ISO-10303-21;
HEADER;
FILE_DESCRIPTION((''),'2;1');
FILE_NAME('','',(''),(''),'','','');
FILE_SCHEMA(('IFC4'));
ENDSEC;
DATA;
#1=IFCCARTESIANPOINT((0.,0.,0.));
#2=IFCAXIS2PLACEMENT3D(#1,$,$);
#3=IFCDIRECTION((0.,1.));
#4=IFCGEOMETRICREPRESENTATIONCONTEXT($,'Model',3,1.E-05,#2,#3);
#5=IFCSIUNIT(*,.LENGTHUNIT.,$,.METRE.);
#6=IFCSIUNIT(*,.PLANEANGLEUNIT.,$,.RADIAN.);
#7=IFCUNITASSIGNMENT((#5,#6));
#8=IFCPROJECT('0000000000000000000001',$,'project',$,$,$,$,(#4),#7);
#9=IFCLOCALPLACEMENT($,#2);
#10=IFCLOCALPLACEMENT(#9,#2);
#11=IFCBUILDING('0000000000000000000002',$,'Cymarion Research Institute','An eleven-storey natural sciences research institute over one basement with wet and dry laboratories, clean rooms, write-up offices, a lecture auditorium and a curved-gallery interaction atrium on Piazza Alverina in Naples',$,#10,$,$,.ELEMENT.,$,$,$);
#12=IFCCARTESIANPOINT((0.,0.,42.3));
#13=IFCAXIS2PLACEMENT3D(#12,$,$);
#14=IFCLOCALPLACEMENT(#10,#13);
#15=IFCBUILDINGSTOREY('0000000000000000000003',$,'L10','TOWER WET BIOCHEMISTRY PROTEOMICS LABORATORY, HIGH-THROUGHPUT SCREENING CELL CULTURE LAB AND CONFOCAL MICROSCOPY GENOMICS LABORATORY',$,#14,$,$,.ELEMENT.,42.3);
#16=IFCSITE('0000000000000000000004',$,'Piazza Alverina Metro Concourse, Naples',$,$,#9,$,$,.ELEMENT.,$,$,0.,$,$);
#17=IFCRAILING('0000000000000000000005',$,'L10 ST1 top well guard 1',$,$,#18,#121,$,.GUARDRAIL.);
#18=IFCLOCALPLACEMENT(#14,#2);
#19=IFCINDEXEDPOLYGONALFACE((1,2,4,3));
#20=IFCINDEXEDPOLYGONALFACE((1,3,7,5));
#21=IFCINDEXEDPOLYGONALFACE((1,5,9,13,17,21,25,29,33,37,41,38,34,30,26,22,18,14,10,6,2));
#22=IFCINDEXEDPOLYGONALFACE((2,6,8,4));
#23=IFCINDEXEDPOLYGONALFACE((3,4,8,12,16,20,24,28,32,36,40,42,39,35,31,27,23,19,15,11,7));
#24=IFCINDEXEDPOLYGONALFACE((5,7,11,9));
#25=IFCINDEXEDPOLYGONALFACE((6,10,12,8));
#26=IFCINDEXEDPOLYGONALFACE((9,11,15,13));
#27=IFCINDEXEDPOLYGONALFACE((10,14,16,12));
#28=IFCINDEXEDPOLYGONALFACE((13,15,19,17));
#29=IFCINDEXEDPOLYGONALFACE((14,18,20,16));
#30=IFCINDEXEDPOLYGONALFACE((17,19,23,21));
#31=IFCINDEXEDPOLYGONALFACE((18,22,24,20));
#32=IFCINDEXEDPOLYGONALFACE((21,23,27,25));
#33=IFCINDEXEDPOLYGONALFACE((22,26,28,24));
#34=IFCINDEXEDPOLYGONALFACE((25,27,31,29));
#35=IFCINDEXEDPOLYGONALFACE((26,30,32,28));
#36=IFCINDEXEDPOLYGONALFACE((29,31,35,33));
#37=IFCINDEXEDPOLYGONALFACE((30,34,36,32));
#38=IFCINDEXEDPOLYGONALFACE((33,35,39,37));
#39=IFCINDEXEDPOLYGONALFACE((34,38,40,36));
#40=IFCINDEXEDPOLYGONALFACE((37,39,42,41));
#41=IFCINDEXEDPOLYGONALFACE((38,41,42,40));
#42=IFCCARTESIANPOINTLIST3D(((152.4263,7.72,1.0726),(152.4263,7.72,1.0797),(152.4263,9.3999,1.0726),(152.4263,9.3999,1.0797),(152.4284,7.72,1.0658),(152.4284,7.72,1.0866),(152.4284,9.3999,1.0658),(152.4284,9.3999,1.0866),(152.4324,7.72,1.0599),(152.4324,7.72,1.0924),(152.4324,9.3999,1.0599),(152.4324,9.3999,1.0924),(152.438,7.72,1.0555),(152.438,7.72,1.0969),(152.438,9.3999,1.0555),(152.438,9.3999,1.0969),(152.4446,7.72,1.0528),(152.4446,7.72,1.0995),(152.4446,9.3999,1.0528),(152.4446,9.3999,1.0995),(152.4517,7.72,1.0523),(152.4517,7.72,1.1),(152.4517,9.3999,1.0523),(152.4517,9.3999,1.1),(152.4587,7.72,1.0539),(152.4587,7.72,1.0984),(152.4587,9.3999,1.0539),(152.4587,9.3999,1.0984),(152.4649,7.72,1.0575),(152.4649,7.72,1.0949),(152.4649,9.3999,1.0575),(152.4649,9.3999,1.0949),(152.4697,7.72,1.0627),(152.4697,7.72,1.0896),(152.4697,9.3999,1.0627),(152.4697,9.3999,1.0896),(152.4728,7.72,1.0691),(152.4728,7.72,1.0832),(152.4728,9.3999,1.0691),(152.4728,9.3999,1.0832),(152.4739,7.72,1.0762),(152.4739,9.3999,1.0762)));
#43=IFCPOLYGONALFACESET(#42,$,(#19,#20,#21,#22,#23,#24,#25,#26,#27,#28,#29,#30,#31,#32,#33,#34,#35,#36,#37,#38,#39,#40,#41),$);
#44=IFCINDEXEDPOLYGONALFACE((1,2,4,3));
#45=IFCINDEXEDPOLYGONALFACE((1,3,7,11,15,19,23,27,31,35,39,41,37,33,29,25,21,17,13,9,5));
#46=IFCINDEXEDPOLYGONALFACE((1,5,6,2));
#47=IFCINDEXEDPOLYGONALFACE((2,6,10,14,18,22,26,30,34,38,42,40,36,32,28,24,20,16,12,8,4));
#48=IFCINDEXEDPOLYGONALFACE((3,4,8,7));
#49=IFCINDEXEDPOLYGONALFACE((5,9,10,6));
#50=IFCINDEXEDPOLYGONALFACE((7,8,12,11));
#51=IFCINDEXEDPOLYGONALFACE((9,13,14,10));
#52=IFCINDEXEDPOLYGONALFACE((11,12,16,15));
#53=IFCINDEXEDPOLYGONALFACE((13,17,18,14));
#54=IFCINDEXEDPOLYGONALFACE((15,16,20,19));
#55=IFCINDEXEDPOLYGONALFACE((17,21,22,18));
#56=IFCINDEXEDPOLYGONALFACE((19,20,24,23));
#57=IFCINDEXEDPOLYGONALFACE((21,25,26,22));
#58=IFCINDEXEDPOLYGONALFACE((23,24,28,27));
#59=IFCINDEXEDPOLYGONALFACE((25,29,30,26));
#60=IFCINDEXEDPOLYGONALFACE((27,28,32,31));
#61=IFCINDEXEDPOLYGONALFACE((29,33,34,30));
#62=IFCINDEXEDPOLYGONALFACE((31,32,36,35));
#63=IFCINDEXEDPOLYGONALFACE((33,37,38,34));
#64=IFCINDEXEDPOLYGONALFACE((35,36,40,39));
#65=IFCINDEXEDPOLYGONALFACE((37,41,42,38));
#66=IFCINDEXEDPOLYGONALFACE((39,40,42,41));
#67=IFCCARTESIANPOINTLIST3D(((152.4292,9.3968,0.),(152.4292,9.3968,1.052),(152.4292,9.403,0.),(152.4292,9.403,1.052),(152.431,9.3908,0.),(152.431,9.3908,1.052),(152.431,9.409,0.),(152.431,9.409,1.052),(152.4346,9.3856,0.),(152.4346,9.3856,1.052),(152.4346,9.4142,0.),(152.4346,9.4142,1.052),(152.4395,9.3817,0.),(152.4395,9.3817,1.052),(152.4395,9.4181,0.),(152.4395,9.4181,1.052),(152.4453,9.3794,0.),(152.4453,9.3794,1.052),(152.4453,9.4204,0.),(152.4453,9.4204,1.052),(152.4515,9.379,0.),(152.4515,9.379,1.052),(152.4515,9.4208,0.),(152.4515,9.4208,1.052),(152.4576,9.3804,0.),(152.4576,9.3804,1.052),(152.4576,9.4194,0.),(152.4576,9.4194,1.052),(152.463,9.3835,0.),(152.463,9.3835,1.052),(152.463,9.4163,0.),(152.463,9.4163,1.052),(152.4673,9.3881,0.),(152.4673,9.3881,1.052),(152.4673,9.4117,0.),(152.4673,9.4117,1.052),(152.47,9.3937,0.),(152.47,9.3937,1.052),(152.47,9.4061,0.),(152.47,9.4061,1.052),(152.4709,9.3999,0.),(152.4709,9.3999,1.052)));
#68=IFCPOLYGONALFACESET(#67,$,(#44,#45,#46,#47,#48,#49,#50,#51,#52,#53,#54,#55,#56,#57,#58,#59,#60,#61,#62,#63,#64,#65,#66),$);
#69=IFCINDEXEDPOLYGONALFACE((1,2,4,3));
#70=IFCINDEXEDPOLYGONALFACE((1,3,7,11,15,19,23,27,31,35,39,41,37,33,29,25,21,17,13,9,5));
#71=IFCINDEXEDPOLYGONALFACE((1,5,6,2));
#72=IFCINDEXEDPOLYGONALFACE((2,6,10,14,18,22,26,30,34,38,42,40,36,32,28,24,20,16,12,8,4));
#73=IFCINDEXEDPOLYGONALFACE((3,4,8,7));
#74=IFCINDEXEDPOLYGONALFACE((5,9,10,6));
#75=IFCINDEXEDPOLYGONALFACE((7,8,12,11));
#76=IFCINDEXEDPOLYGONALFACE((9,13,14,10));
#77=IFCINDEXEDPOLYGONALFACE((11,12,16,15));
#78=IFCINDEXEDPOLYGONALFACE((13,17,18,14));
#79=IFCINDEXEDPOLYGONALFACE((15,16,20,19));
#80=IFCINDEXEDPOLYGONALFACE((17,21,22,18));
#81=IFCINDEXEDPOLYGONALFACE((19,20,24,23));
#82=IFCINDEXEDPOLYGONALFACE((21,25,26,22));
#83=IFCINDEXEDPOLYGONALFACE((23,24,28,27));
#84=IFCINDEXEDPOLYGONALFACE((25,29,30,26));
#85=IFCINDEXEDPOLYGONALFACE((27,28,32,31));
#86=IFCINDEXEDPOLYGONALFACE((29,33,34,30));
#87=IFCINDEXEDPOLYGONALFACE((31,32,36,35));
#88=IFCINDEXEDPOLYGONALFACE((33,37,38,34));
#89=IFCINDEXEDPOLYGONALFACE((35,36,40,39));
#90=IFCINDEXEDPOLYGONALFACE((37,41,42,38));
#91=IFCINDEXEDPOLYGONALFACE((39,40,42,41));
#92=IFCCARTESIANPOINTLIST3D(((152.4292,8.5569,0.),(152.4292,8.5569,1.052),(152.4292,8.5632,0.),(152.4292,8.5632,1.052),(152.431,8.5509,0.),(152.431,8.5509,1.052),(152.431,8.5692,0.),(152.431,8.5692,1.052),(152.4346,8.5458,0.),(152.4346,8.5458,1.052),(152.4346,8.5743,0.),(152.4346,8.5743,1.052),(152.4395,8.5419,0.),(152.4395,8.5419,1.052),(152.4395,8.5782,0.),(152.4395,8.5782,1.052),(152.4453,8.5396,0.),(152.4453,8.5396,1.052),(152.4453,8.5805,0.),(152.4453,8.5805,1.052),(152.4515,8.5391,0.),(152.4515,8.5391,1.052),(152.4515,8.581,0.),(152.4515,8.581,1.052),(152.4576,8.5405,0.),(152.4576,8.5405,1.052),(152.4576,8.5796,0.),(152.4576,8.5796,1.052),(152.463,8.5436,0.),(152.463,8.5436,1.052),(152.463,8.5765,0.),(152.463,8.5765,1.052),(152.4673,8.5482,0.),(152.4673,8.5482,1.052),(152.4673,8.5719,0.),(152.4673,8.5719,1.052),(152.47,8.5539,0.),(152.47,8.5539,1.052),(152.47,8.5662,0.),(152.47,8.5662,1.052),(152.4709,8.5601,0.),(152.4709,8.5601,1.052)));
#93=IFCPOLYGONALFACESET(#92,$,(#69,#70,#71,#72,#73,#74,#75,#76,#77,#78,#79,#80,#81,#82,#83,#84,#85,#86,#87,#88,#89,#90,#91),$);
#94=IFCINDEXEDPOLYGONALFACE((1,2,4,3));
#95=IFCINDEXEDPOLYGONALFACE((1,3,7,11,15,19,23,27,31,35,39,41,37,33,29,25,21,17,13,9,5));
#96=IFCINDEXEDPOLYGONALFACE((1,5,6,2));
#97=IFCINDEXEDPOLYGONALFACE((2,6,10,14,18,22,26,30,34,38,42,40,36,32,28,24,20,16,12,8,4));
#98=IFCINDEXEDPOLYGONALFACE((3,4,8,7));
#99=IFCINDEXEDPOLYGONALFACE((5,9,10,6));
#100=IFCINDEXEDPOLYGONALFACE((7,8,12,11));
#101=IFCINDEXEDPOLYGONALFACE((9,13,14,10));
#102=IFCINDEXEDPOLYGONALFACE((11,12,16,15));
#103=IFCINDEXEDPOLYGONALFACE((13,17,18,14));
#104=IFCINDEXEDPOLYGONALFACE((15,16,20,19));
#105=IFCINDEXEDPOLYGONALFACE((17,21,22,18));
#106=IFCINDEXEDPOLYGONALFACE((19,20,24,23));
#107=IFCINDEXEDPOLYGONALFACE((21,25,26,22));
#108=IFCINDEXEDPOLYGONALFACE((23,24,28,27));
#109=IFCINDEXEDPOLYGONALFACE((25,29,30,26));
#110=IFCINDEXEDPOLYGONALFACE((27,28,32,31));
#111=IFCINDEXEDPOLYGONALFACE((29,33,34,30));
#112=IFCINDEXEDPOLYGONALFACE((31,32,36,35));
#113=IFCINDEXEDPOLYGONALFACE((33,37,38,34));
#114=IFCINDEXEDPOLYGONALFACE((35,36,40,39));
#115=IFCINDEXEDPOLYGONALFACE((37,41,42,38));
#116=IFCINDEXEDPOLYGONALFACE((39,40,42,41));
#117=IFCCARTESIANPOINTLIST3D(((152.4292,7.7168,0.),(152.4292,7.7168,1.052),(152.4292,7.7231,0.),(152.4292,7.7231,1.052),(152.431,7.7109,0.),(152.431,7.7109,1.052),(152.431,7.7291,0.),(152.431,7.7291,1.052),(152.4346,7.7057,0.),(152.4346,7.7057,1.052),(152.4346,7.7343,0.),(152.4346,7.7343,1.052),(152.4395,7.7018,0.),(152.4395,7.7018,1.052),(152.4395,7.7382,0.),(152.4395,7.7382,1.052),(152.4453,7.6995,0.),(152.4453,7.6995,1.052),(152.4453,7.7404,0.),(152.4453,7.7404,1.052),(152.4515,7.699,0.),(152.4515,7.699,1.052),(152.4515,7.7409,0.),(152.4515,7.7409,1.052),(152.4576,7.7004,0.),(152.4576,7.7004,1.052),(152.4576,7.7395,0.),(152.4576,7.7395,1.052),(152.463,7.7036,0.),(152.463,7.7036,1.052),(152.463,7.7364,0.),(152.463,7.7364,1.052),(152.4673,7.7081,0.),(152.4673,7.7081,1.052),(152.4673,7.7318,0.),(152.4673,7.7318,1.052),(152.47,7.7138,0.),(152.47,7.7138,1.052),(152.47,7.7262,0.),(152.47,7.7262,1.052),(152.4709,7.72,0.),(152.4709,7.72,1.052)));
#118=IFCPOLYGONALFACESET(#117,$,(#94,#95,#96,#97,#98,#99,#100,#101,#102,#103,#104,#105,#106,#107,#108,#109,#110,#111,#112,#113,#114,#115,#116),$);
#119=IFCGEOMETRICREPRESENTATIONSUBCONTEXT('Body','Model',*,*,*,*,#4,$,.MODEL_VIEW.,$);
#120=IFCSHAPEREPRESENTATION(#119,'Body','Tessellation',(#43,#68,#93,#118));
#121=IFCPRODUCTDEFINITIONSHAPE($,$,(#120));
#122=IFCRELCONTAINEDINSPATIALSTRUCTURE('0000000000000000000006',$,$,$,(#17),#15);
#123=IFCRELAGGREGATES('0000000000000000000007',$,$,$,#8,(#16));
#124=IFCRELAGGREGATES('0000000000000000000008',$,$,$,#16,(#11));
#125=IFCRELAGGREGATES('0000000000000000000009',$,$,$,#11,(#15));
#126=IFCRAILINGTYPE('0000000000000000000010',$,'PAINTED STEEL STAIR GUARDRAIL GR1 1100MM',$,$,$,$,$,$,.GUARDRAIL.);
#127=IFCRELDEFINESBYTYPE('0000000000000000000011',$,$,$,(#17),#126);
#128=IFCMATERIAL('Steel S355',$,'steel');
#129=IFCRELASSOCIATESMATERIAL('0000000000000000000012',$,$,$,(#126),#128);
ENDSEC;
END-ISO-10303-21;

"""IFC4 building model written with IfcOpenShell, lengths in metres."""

from ifc_helpers import new_model, si_unit, direction, frame, origin, origin_2d, place, context, subcontext, project, spatial, circle, extrude, material, type_object, element, save


model = new_model("IFC4")

# Units and contexts
model_context = context("Model", 3, precision=1e-05, world=origin(), true_north=direction((0.0, 1.0)))
body_context = subcontext(model_context, "Body", "Model", "MODEL_VIEW")
ifc_project = project(units=[si_unit("LENGTHUNIT", "METRE"), si_unit("PLANEANGLEUNIT", "RADIAN")], contexts=[model_context])

# Site, building, storey
site_placement = place(None, origin())
site = spatial("IfcSite", under=ifc_project, at=site_placement, Name="Piazza Alverina Metro Concourse, Naples", CompositionType="ELEMENT", RefElevation=0.0)
building_placement = place(site_placement, origin())
building = spatial("IfcBuilding", under=site, at=building_placement, Name="Cymarion Research Institute", Description="An eleven-storey natural sciences research institute over one basement with wet and dry laboratories, clean rooms, write-up offices, a lecture auditorium and a curved-gallery interaction atrium on Piazza Alverina in Naples", CompositionType="ELEMENT")
storey_placement = place(building_placement, frame((0.0, 0.0, 42.3)))
storey = spatial("IfcBuildingStorey", under=building, at=storey_placement, Name="L10", Description="TOWER WET BIOCHEMISTRY PROTEOMICS LABORATORY, HIGH-THROUGHPUT SCREENING CELL CULTURE LAB AND CONFOCAL MICROSCOPY GENOMICS LABORATORY", CompositionType="ELEMENT", Elevation=42.3)

# Shared definitions
ifc_material_1 = material(Name="Steel S355", Category="steel")

# Railing
railing_type = type_object("IfcRailingType", Name="PAINTED STEEL STAIR GUARDRAIL GR1 1100MM", PredefinedType="GUARDRAIL", material=ifc_material_1)
railing_placement = place(storey_placement, frame((152.45, 9.3999, 0.0)))
element("IfcRailing", 1, at=railing_placement, inside=storey, type_object=railing_type, Name="L10 ST1 top well guard 1", PredefinedType="GUARDRAIL", context=body_context, shape_type="SweptSolid", body=[
    extrude(circle(Radius=0.0239, at=origin_2d()), frame((0.0, 0.0, 1.0762), z_axis=(0.0, -1.0, 0.0), x_axis=(1.0, 0.0, 0.0)), (0.0, 0.0, 1.0), 1.6799),
    extrude(circle(Radius=0.021, at=origin_2d()), origin(), (0.0, 0.0, 1.0), 1.052),
    extrude(circle(Radius=0.021, at=origin_2d()), frame((0.0, -0.8398, 0.0)), (0.0, 0.0, 1.0), 1.052),
    extrude(circle(Radius=0.021, at=origin_2d()), frame((0.0, -1.6799, 0.0)), (0.0, 0.0, 1.0), 1.052),
])

save(model, "model.ifc")
